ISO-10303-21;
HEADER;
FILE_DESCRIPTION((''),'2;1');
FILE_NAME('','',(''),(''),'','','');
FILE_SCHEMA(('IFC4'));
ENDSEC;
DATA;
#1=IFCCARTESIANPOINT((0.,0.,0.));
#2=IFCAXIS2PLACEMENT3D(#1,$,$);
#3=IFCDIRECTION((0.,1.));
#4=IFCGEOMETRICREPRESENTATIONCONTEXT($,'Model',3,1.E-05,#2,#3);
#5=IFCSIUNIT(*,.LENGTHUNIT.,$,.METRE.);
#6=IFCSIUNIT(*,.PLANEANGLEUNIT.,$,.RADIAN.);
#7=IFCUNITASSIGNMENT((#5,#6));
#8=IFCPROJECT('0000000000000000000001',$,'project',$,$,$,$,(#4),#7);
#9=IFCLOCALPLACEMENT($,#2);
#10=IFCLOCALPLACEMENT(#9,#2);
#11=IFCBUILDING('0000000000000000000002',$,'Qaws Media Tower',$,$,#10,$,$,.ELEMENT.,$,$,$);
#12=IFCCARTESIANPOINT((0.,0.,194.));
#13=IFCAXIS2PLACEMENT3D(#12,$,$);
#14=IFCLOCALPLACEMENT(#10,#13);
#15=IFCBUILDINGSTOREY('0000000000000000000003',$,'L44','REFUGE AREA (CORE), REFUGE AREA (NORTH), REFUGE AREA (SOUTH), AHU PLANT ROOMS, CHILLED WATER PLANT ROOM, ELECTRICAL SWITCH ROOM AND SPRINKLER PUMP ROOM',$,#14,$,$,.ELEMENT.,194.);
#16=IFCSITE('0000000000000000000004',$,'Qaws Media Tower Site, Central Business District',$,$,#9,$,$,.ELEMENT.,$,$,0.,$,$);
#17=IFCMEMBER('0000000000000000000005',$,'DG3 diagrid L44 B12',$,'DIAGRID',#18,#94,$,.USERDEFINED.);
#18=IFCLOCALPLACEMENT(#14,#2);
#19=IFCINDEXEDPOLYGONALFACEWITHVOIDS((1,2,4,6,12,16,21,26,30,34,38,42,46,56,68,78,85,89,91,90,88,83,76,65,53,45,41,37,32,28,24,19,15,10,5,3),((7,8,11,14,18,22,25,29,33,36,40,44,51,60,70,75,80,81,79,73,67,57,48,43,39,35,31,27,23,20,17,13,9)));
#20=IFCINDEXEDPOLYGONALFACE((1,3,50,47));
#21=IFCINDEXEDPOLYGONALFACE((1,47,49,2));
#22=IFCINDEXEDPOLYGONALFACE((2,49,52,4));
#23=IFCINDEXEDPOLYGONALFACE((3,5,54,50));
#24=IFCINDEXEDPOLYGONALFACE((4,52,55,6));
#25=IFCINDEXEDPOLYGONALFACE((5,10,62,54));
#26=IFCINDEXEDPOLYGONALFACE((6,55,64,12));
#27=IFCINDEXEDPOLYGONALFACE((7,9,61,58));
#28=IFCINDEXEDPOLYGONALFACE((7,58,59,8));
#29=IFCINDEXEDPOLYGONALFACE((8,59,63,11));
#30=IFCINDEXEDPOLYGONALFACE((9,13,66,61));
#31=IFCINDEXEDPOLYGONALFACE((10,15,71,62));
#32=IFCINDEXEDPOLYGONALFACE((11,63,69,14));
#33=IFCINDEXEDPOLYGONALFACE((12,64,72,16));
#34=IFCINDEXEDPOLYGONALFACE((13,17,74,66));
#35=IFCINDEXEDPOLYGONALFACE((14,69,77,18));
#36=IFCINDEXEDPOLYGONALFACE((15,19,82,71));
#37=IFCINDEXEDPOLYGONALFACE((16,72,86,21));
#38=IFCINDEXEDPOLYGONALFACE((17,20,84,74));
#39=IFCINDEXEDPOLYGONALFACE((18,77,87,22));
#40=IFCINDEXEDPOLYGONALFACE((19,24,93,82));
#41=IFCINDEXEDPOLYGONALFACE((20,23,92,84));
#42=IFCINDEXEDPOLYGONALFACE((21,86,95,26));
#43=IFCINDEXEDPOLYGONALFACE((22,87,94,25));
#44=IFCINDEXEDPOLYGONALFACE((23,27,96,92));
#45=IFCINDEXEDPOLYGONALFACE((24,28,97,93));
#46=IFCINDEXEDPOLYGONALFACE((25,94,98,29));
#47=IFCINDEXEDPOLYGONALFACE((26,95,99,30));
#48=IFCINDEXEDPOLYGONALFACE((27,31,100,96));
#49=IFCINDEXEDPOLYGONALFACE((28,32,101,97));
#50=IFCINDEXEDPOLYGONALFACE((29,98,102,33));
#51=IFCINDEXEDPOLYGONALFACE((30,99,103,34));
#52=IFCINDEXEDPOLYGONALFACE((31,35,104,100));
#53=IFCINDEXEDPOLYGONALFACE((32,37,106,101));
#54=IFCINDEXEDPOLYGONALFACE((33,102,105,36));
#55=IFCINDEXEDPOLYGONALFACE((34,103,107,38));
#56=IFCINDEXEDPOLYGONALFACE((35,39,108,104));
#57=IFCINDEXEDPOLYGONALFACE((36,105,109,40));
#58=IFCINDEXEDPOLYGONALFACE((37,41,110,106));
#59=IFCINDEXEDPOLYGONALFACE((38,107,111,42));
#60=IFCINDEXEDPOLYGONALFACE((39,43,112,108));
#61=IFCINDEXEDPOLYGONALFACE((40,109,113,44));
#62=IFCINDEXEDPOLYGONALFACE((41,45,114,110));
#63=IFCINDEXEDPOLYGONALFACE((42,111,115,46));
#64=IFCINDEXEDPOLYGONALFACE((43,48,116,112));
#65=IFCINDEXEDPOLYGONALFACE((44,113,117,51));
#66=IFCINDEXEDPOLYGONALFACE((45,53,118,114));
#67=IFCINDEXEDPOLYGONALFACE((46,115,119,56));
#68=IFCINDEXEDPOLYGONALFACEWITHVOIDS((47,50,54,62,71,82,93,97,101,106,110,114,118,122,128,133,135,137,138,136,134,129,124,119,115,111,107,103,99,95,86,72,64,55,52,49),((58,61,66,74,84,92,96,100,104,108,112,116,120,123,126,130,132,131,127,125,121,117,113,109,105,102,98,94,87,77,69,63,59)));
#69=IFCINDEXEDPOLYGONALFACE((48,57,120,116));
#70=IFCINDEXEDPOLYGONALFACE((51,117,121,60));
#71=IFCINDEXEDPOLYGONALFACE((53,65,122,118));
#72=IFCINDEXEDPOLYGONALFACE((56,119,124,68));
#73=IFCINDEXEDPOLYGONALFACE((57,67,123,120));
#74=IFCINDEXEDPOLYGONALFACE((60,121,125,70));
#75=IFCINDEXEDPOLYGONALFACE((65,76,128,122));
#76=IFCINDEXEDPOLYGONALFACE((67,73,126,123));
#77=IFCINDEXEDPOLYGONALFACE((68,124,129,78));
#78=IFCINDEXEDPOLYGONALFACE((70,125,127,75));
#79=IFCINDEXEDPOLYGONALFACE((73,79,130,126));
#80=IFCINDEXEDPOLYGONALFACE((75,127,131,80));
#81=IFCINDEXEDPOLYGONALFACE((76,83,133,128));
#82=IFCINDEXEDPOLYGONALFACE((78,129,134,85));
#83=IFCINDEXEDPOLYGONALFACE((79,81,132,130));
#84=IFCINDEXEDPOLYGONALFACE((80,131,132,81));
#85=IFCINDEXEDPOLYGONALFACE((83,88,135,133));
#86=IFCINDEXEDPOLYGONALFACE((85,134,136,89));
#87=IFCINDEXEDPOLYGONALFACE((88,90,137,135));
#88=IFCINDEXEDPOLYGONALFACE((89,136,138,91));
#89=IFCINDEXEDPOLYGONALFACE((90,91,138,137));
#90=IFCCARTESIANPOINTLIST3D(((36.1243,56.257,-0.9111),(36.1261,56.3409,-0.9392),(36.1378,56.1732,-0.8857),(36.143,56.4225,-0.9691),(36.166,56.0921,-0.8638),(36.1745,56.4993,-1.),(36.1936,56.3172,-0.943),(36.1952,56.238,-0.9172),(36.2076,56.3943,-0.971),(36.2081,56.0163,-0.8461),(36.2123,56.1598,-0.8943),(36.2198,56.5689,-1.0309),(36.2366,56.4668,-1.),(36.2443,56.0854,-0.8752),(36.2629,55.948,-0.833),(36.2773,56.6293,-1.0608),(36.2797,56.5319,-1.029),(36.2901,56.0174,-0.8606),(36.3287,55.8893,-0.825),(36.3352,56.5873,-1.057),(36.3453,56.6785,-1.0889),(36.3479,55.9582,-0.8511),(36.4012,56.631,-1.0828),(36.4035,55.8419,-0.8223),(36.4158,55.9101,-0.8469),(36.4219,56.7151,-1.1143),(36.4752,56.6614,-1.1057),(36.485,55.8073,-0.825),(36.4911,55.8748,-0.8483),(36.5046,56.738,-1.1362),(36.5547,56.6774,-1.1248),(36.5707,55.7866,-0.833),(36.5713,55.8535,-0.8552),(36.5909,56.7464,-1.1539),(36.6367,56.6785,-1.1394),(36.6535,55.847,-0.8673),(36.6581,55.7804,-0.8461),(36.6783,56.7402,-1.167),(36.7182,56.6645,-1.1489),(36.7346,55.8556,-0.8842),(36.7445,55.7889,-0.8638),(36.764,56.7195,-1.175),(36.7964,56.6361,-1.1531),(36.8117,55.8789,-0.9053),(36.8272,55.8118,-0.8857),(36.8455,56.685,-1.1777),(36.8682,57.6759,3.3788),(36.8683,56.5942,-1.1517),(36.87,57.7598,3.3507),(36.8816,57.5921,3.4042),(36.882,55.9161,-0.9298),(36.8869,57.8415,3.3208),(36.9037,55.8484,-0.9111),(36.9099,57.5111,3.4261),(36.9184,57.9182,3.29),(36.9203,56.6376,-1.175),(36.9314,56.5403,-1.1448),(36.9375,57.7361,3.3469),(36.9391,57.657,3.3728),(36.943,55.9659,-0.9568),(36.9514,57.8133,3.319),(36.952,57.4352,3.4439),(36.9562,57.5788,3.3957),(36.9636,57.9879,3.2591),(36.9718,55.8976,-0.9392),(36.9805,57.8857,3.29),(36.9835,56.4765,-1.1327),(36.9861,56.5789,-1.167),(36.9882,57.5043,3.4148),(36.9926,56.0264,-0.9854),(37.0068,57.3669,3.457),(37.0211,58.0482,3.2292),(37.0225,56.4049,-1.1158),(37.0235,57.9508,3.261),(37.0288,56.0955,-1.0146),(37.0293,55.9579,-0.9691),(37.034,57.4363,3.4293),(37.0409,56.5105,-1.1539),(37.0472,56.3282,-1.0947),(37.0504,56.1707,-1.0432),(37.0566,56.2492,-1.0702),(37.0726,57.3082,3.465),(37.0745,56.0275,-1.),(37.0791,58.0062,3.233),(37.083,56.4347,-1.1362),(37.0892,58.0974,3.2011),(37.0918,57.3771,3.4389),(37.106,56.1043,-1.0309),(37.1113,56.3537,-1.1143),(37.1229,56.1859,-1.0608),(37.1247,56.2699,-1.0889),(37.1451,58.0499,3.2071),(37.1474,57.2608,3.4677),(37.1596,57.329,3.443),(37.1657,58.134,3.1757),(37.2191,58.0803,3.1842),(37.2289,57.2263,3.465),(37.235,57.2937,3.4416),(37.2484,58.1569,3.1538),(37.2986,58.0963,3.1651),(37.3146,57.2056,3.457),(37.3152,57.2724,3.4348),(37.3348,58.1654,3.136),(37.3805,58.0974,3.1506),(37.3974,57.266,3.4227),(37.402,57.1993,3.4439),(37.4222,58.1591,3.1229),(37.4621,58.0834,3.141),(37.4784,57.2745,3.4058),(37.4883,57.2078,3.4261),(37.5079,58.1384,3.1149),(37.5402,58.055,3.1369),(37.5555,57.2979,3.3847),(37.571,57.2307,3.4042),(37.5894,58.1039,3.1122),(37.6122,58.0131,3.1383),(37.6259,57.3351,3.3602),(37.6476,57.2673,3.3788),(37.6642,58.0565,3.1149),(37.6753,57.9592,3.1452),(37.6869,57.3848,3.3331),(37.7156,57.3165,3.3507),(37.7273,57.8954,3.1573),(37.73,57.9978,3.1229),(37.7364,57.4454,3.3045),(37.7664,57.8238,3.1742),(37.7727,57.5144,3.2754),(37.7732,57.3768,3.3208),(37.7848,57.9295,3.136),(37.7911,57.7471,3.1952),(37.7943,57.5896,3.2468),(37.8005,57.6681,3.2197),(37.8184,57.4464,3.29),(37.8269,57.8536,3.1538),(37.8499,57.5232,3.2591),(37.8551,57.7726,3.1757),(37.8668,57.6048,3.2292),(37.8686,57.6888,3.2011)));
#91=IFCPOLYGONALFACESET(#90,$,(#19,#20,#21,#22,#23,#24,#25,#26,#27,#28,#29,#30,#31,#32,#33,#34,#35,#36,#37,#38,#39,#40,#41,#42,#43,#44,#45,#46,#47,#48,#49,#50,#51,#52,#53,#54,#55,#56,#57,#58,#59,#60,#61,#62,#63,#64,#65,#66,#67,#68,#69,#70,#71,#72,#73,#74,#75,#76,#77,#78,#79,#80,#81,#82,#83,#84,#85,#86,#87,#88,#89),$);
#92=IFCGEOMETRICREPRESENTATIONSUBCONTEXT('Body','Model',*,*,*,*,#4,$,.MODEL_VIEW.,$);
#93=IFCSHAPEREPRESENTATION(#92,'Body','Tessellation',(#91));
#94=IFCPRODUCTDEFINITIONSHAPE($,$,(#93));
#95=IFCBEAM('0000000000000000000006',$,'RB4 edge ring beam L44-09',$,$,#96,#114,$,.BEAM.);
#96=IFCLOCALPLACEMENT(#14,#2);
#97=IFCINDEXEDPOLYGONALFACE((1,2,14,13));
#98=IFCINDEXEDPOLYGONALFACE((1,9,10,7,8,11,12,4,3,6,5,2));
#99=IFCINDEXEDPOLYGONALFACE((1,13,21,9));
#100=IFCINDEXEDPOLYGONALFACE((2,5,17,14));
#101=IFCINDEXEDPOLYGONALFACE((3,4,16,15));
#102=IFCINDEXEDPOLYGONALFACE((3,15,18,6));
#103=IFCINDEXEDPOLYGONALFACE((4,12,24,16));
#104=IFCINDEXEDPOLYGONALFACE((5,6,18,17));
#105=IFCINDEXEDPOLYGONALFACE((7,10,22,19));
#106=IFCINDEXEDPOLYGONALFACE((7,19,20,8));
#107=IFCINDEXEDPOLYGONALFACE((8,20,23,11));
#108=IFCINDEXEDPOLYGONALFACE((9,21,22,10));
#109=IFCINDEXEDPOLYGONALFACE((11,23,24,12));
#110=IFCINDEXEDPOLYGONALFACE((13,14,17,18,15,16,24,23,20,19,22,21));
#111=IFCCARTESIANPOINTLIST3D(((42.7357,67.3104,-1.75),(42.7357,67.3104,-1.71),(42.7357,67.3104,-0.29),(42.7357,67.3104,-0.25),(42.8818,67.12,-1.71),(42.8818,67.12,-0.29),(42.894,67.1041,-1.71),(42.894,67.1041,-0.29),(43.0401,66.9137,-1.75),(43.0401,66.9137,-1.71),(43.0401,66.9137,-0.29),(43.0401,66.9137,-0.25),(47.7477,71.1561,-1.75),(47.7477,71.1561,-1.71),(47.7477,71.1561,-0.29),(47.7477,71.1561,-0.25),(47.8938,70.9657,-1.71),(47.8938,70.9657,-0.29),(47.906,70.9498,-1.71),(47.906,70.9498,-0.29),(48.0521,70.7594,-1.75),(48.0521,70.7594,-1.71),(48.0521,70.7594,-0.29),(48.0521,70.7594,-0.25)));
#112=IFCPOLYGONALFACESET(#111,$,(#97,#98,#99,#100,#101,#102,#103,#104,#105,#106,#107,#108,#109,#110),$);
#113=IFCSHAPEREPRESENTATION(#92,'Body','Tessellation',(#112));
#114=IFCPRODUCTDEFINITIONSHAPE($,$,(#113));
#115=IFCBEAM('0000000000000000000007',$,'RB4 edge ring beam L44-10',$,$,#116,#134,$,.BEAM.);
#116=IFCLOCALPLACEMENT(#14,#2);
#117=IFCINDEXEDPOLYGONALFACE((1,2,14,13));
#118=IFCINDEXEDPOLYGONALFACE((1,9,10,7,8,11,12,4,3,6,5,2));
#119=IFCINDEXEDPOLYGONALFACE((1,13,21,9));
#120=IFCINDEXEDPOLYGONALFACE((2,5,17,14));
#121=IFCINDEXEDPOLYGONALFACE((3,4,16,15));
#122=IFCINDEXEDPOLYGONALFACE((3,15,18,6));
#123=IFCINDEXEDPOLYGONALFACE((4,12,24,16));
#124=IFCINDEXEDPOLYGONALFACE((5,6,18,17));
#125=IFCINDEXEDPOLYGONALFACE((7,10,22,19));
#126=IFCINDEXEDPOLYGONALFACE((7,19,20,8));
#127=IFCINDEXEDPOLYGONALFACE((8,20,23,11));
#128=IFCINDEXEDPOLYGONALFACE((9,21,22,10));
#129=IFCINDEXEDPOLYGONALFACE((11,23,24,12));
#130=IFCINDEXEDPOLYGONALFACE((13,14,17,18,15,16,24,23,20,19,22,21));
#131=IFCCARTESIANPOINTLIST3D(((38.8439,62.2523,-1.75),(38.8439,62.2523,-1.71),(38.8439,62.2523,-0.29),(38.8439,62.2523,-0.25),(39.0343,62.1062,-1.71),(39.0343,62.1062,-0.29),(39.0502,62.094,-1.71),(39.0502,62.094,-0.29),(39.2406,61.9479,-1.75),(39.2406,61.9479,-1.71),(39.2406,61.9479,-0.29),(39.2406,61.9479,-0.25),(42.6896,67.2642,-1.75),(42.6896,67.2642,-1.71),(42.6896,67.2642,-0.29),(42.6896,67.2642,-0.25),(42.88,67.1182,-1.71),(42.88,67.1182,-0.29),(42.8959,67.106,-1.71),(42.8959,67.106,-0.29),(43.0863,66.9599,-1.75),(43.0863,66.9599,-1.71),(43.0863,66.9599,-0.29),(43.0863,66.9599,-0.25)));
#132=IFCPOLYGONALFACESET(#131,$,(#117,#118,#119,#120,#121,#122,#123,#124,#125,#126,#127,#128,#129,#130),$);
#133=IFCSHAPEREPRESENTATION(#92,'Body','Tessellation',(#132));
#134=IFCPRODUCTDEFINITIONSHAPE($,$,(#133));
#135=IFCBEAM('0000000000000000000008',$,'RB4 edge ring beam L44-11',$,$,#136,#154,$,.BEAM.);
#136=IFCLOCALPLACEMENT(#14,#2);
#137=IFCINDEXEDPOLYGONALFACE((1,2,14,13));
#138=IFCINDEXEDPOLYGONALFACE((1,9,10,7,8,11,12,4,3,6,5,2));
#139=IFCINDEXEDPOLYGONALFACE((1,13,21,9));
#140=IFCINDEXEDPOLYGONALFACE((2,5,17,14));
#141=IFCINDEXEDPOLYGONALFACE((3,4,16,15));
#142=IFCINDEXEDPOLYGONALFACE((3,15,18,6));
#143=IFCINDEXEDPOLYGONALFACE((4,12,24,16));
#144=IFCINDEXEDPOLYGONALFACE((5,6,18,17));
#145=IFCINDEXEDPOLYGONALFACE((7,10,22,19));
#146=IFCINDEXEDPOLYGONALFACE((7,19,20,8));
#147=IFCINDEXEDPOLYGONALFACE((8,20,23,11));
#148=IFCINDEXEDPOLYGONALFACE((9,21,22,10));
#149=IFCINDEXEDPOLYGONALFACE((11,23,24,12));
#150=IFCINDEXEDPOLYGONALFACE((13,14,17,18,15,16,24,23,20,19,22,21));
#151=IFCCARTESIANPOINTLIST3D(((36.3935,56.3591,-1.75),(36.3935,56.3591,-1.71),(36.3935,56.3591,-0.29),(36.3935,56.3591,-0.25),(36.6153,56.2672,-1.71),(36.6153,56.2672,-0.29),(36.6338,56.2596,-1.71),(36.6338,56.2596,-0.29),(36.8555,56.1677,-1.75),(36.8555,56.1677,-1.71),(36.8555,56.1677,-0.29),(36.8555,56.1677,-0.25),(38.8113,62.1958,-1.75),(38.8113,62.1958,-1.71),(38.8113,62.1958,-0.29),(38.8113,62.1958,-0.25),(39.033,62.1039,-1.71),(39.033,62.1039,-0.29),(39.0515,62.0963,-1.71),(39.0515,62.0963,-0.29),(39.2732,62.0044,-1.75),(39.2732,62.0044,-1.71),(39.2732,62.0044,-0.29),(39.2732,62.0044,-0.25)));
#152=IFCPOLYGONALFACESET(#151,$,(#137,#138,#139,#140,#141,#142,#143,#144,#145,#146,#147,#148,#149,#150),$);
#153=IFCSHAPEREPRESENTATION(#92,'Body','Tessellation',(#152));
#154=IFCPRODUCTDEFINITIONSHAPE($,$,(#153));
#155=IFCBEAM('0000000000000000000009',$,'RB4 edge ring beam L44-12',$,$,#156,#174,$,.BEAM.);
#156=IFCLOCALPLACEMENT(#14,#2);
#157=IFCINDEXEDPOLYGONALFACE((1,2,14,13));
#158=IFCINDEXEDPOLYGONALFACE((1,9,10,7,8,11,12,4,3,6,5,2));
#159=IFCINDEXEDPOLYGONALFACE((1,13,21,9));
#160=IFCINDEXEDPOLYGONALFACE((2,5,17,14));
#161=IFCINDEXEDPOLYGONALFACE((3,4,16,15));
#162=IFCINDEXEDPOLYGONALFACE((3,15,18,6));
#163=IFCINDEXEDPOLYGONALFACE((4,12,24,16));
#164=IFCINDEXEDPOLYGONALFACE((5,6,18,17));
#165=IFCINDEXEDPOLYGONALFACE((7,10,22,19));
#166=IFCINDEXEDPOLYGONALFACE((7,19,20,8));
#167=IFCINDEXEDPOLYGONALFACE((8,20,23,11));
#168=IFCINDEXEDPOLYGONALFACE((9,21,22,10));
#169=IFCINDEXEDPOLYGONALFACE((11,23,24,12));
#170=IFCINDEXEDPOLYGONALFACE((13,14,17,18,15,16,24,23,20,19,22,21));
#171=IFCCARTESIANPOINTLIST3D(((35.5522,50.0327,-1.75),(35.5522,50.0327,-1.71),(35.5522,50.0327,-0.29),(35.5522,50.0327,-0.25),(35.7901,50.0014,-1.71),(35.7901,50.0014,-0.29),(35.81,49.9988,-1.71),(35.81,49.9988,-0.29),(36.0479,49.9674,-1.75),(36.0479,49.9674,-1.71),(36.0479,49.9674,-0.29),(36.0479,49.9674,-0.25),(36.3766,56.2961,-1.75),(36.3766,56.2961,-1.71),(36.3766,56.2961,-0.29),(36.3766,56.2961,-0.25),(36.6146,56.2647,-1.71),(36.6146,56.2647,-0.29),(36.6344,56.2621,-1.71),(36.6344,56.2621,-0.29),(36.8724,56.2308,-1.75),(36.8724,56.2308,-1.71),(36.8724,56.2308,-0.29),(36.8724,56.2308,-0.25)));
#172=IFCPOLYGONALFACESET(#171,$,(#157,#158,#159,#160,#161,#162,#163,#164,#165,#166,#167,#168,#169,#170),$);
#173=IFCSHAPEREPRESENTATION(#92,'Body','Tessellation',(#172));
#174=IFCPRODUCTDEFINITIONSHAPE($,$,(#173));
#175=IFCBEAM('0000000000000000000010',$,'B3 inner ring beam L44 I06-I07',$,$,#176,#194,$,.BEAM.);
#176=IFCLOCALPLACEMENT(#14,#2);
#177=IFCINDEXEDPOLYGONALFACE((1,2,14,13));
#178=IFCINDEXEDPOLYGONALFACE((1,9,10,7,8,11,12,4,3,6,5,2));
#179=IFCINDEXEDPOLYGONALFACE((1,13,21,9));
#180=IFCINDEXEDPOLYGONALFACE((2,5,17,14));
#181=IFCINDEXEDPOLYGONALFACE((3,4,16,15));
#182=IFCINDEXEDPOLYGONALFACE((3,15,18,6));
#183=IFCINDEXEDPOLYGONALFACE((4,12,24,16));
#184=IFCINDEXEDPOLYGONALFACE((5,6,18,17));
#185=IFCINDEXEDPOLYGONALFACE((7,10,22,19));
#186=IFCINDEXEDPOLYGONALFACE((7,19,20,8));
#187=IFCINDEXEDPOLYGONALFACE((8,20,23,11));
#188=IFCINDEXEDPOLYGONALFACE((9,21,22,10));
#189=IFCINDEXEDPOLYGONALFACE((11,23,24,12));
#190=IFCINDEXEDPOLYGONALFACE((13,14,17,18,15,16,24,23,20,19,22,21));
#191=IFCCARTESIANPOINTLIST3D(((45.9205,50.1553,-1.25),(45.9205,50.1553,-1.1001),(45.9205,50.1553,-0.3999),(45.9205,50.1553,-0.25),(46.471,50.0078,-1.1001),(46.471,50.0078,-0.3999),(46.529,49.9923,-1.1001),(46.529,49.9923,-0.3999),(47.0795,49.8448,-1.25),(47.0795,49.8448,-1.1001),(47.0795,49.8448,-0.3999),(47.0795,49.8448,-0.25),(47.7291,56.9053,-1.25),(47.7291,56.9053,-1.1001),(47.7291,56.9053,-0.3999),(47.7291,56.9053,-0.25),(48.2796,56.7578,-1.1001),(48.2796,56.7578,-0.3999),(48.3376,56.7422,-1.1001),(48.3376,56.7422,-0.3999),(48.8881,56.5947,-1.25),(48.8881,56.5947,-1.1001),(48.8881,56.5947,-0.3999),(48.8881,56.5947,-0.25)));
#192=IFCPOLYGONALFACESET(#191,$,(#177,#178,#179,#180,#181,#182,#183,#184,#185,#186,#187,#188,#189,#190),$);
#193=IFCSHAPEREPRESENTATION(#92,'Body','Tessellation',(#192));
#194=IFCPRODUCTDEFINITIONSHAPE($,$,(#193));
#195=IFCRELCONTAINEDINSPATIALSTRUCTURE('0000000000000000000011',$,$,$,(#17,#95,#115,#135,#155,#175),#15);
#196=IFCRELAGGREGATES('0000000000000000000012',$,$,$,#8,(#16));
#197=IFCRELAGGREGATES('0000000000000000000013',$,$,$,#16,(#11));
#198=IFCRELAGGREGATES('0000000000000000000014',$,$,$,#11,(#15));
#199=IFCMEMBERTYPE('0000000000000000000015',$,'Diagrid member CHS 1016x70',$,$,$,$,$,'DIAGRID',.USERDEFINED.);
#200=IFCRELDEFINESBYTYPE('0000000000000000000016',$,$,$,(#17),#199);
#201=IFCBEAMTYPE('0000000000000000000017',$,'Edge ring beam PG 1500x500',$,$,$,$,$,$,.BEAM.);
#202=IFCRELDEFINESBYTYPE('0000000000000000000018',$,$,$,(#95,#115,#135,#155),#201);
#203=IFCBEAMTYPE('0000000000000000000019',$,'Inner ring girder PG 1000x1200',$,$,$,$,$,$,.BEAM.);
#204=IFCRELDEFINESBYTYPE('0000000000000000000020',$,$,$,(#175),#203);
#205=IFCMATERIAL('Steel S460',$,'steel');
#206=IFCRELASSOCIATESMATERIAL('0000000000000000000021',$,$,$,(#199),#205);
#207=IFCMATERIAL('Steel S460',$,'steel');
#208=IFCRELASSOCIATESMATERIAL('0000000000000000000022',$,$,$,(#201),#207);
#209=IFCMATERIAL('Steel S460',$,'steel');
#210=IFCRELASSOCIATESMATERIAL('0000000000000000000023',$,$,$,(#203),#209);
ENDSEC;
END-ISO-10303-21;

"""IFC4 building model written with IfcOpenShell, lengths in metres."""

from ifc_helpers import new_model, si_unit, direction, frame, origin, origin_2d, place, context, subcontext, project, spatial, hollow_circle, i_section, extrude, material, material_profile, profile_set, type_object, element, save


model = new_model("IFC4")

# Units and contexts
model_context = context("Model", 3, precision=1e-05, world=origin(), true_north=direction((0.0, 1.0)))
body_context = subcontext(model_context, "Body", "Model", "MODEL_VIEW")
ifc_project = project(units=[si_unit("LENGTHUNIT", "METRE"), si_unit("PLANEANGLEUNIT", "RADIAN")], contexts=[model_context])

# Site, building, storey
site_placement = place(None, origin())
site = spatial("IfcSite", under=ifc_project, at=site_placement, Name="Qaws Media Tower Site, Central Business District", CompositionType="ELEMENT", RefElevation=0.0)
building_placement = place(site_placement, origin())
building = spatial("IfcBuilding", under=site, at=building_placement, Name="Qaws Media Tower", CompositionType="ELEMENT")
storey_placement = place(building_placement, frame((0.0, 0.0, 194.0)))
storey = spatial("IfcBuildingStorey", under=building, at=storey_placement, Name="L44", Description="REFUGE AREA (CORE), REFUGE AREA (NORTH), REFUGE AREA (SOUTH), AHU PLANT ROOMS, CHILLED WATER PLANT ROOM, ELECTRICAL SWITCH ROOM AND SPRINKLER PUMP ROOM", CompositionType="ELEMENT", Elevation=194.0)

# Member
ifc_material_1 = material(Name="Steel S460", Category="steel")
ifc_material_profile_1 = material_profile(ifc_material_1, hollow_circle(Radius=0.5081, WallThickness=0.0701, at=origin_2d()), Name="CHS 1016x70")
ifc_profile_set_1 = profile_set([ifc_material_profile_1], Name="Steel S460")
member_type = type_object("IfcMemberType", Name="Diagrid member CHS 1016x70", ElementType="DIAGRID", PredefinedType="USERDEFINED", material=ifc_profile_set_1)
for number, where, z_axis, x_axis, name in (
    (1, (36.6245, 56.2634, -1.0), (0.162443, 0.309852, 0.936805), (-0.885667, 0.46432, 0.0), "DG3 diagrid L44 B12"),
):
    element("IfcMember", number, at=place(storey_placement, frame(where, z_axis=z_axis, x_axis=x_axis)), inside=storey, type_object=member_type, Name=name, ObjectType="DIAGRID", PredefinedType="USERDEFINED", context=body_context, shape_type="SweptSolid", body=[
        extrude(hollow_circle(Radius=0.5081, WallThickness=0.0701, at=origin_2d()), origin(), (0.0, 0.0, 1.0), 4.5793),
    ])

# Beams
ifc_material_2 = material(Name="Steel S460", Category="steel")
ifc_material_profile_2 = material_profile(ifc_material_2, i_section(OverallWidth=0.5, OverallDepth=1.5, WebThickness=0.02, FlangeThickness=0.04, at=origin_2d()), Name="PG 1500x500")
ifc_profile_set_2 = profile_set([ifc_material_profile_2], Name="Steel S460")
beam_type_1 = type_object("IfcBeamType", Name="Edge ring beam PG 1500x500", PredefinedType="BEAM", material=ifc_profile_set_2)
for number, where, z_axis, x_axis, name in (
    (2, (47.8999, 70.9578, -1.0), (-0.793362, -0.60875, 0.0), (0.60875, -0.793362, 0.0), "RB4 edge ring beam L44-09"),
    (3, (42.8879, 67.1121, -1.0), (-0.60875, -0.793362, 0.0), (0.793362, -0.60875, 0.0), "RB4 edge ring beam L44-10"),
):
    element("IfcBeam", number, at=place(storey_placement, frame(where, z_axis=z_axis, x_axis=x_axis)), inside=storey, type_object=beam_type_1, Name=name, PredefinedType="BEAM", context=body_context, shape_type="SweptSolid", body=[
        extrude(i_section(OverallWidth=0.5, OverallDepth=1.5, WebThickness=0.02, FlangeThickness=0.04, at=origin_2d()), origin(), (0.0, 0.0, 1.0), 6.3174),
    ])
beam_1_placement = place(storey_placement, frame((39.0422, 62.1001, -1.0), z_axis=(-0.382697, -0.923874, 0.0), x_axis=(0.923874, -0.382697, 0.0)))
element("IfcBeam", 4, at=beam_1_placement, inside=storey, type_object=beam_type_1, Name="RB4 edge ring beam L44-11", PredefinedType="BEAM", context=body_context, shape_type="SweptSolid", body=[
    extrude(i_section(OverallWidth=0.5, OverallDepth=1.5, WebThickness=0.02, FlangeThickness=0.04, at=origin_2d()), origin(), (0.0, 0.0, 1.0), 6.3176),
])
beam_2_placement = place(storey_placement, frame((36.6245, 56.2634, -1.0), z_axis=(-0.130505, -0.991448, 0.0), x_axis=(0.991448, -0.130505, 0.0)))
element("IfcBeam", 5, at=beam_2_placement, inside=storey, type_object=beam_type_1, Name="RB4 edge ring beam L44-12", PredefinedType="BEAM", context=body_context, shape_type="SweptSolid", body=[
    extrude(i_section(OverallWidth=0.5, OverallDepth=1.5, WebThickness=0.02, FlangeThickness=0.04, at=origin_2d()), origin(), (0.0, 0.0, 1.0), 6.3174),
])
ifc_material_3 = material(Name="Steel S460", Category="steel")
ifc_material_profile_3 = material_profile(ifc_material_3, i_section(OverallWidth=1.2, OverallDepth=1.0, WebThickness=0.0601, FlangeThickness=0.1499, at=origin_2d()), Name="PG 1000x1200")
ifc_profile_set_3 = profile_set([ifc_material_profile_3], Name="Steel S460")
beam_type_2 = type_object("IfcBeamType", Name="Inner ring girder PG 1000x1200", PredefinedType="BEAM", material=ifc_profile_set_3)
beam_3_placement = place(storey_placement, frame((48.3086, 56.75, -0.75), z_axis=(-0.258811, -0.965928, 0.0), x_axis=(0.965928, -0.258811, 0.0)))
element("IfcBeam", 6, at=beam_3_placement, inside=storey, type_object=beam_type_2, Name="B3 inner ring beam L44 I06-I07", PredefinedType="BEAM", context=body_context, shape_type="SweptSolid", body=[
    extrude(i_section(OverallWidth=1.2, OverallDepth=1.0, WebThickness=0.0601, FlangeThickness=0.1499, at=origin_2d()), origin(), (0.0, 0.0, 1.0), 6.988),
])

save(model, "model.ifc")
